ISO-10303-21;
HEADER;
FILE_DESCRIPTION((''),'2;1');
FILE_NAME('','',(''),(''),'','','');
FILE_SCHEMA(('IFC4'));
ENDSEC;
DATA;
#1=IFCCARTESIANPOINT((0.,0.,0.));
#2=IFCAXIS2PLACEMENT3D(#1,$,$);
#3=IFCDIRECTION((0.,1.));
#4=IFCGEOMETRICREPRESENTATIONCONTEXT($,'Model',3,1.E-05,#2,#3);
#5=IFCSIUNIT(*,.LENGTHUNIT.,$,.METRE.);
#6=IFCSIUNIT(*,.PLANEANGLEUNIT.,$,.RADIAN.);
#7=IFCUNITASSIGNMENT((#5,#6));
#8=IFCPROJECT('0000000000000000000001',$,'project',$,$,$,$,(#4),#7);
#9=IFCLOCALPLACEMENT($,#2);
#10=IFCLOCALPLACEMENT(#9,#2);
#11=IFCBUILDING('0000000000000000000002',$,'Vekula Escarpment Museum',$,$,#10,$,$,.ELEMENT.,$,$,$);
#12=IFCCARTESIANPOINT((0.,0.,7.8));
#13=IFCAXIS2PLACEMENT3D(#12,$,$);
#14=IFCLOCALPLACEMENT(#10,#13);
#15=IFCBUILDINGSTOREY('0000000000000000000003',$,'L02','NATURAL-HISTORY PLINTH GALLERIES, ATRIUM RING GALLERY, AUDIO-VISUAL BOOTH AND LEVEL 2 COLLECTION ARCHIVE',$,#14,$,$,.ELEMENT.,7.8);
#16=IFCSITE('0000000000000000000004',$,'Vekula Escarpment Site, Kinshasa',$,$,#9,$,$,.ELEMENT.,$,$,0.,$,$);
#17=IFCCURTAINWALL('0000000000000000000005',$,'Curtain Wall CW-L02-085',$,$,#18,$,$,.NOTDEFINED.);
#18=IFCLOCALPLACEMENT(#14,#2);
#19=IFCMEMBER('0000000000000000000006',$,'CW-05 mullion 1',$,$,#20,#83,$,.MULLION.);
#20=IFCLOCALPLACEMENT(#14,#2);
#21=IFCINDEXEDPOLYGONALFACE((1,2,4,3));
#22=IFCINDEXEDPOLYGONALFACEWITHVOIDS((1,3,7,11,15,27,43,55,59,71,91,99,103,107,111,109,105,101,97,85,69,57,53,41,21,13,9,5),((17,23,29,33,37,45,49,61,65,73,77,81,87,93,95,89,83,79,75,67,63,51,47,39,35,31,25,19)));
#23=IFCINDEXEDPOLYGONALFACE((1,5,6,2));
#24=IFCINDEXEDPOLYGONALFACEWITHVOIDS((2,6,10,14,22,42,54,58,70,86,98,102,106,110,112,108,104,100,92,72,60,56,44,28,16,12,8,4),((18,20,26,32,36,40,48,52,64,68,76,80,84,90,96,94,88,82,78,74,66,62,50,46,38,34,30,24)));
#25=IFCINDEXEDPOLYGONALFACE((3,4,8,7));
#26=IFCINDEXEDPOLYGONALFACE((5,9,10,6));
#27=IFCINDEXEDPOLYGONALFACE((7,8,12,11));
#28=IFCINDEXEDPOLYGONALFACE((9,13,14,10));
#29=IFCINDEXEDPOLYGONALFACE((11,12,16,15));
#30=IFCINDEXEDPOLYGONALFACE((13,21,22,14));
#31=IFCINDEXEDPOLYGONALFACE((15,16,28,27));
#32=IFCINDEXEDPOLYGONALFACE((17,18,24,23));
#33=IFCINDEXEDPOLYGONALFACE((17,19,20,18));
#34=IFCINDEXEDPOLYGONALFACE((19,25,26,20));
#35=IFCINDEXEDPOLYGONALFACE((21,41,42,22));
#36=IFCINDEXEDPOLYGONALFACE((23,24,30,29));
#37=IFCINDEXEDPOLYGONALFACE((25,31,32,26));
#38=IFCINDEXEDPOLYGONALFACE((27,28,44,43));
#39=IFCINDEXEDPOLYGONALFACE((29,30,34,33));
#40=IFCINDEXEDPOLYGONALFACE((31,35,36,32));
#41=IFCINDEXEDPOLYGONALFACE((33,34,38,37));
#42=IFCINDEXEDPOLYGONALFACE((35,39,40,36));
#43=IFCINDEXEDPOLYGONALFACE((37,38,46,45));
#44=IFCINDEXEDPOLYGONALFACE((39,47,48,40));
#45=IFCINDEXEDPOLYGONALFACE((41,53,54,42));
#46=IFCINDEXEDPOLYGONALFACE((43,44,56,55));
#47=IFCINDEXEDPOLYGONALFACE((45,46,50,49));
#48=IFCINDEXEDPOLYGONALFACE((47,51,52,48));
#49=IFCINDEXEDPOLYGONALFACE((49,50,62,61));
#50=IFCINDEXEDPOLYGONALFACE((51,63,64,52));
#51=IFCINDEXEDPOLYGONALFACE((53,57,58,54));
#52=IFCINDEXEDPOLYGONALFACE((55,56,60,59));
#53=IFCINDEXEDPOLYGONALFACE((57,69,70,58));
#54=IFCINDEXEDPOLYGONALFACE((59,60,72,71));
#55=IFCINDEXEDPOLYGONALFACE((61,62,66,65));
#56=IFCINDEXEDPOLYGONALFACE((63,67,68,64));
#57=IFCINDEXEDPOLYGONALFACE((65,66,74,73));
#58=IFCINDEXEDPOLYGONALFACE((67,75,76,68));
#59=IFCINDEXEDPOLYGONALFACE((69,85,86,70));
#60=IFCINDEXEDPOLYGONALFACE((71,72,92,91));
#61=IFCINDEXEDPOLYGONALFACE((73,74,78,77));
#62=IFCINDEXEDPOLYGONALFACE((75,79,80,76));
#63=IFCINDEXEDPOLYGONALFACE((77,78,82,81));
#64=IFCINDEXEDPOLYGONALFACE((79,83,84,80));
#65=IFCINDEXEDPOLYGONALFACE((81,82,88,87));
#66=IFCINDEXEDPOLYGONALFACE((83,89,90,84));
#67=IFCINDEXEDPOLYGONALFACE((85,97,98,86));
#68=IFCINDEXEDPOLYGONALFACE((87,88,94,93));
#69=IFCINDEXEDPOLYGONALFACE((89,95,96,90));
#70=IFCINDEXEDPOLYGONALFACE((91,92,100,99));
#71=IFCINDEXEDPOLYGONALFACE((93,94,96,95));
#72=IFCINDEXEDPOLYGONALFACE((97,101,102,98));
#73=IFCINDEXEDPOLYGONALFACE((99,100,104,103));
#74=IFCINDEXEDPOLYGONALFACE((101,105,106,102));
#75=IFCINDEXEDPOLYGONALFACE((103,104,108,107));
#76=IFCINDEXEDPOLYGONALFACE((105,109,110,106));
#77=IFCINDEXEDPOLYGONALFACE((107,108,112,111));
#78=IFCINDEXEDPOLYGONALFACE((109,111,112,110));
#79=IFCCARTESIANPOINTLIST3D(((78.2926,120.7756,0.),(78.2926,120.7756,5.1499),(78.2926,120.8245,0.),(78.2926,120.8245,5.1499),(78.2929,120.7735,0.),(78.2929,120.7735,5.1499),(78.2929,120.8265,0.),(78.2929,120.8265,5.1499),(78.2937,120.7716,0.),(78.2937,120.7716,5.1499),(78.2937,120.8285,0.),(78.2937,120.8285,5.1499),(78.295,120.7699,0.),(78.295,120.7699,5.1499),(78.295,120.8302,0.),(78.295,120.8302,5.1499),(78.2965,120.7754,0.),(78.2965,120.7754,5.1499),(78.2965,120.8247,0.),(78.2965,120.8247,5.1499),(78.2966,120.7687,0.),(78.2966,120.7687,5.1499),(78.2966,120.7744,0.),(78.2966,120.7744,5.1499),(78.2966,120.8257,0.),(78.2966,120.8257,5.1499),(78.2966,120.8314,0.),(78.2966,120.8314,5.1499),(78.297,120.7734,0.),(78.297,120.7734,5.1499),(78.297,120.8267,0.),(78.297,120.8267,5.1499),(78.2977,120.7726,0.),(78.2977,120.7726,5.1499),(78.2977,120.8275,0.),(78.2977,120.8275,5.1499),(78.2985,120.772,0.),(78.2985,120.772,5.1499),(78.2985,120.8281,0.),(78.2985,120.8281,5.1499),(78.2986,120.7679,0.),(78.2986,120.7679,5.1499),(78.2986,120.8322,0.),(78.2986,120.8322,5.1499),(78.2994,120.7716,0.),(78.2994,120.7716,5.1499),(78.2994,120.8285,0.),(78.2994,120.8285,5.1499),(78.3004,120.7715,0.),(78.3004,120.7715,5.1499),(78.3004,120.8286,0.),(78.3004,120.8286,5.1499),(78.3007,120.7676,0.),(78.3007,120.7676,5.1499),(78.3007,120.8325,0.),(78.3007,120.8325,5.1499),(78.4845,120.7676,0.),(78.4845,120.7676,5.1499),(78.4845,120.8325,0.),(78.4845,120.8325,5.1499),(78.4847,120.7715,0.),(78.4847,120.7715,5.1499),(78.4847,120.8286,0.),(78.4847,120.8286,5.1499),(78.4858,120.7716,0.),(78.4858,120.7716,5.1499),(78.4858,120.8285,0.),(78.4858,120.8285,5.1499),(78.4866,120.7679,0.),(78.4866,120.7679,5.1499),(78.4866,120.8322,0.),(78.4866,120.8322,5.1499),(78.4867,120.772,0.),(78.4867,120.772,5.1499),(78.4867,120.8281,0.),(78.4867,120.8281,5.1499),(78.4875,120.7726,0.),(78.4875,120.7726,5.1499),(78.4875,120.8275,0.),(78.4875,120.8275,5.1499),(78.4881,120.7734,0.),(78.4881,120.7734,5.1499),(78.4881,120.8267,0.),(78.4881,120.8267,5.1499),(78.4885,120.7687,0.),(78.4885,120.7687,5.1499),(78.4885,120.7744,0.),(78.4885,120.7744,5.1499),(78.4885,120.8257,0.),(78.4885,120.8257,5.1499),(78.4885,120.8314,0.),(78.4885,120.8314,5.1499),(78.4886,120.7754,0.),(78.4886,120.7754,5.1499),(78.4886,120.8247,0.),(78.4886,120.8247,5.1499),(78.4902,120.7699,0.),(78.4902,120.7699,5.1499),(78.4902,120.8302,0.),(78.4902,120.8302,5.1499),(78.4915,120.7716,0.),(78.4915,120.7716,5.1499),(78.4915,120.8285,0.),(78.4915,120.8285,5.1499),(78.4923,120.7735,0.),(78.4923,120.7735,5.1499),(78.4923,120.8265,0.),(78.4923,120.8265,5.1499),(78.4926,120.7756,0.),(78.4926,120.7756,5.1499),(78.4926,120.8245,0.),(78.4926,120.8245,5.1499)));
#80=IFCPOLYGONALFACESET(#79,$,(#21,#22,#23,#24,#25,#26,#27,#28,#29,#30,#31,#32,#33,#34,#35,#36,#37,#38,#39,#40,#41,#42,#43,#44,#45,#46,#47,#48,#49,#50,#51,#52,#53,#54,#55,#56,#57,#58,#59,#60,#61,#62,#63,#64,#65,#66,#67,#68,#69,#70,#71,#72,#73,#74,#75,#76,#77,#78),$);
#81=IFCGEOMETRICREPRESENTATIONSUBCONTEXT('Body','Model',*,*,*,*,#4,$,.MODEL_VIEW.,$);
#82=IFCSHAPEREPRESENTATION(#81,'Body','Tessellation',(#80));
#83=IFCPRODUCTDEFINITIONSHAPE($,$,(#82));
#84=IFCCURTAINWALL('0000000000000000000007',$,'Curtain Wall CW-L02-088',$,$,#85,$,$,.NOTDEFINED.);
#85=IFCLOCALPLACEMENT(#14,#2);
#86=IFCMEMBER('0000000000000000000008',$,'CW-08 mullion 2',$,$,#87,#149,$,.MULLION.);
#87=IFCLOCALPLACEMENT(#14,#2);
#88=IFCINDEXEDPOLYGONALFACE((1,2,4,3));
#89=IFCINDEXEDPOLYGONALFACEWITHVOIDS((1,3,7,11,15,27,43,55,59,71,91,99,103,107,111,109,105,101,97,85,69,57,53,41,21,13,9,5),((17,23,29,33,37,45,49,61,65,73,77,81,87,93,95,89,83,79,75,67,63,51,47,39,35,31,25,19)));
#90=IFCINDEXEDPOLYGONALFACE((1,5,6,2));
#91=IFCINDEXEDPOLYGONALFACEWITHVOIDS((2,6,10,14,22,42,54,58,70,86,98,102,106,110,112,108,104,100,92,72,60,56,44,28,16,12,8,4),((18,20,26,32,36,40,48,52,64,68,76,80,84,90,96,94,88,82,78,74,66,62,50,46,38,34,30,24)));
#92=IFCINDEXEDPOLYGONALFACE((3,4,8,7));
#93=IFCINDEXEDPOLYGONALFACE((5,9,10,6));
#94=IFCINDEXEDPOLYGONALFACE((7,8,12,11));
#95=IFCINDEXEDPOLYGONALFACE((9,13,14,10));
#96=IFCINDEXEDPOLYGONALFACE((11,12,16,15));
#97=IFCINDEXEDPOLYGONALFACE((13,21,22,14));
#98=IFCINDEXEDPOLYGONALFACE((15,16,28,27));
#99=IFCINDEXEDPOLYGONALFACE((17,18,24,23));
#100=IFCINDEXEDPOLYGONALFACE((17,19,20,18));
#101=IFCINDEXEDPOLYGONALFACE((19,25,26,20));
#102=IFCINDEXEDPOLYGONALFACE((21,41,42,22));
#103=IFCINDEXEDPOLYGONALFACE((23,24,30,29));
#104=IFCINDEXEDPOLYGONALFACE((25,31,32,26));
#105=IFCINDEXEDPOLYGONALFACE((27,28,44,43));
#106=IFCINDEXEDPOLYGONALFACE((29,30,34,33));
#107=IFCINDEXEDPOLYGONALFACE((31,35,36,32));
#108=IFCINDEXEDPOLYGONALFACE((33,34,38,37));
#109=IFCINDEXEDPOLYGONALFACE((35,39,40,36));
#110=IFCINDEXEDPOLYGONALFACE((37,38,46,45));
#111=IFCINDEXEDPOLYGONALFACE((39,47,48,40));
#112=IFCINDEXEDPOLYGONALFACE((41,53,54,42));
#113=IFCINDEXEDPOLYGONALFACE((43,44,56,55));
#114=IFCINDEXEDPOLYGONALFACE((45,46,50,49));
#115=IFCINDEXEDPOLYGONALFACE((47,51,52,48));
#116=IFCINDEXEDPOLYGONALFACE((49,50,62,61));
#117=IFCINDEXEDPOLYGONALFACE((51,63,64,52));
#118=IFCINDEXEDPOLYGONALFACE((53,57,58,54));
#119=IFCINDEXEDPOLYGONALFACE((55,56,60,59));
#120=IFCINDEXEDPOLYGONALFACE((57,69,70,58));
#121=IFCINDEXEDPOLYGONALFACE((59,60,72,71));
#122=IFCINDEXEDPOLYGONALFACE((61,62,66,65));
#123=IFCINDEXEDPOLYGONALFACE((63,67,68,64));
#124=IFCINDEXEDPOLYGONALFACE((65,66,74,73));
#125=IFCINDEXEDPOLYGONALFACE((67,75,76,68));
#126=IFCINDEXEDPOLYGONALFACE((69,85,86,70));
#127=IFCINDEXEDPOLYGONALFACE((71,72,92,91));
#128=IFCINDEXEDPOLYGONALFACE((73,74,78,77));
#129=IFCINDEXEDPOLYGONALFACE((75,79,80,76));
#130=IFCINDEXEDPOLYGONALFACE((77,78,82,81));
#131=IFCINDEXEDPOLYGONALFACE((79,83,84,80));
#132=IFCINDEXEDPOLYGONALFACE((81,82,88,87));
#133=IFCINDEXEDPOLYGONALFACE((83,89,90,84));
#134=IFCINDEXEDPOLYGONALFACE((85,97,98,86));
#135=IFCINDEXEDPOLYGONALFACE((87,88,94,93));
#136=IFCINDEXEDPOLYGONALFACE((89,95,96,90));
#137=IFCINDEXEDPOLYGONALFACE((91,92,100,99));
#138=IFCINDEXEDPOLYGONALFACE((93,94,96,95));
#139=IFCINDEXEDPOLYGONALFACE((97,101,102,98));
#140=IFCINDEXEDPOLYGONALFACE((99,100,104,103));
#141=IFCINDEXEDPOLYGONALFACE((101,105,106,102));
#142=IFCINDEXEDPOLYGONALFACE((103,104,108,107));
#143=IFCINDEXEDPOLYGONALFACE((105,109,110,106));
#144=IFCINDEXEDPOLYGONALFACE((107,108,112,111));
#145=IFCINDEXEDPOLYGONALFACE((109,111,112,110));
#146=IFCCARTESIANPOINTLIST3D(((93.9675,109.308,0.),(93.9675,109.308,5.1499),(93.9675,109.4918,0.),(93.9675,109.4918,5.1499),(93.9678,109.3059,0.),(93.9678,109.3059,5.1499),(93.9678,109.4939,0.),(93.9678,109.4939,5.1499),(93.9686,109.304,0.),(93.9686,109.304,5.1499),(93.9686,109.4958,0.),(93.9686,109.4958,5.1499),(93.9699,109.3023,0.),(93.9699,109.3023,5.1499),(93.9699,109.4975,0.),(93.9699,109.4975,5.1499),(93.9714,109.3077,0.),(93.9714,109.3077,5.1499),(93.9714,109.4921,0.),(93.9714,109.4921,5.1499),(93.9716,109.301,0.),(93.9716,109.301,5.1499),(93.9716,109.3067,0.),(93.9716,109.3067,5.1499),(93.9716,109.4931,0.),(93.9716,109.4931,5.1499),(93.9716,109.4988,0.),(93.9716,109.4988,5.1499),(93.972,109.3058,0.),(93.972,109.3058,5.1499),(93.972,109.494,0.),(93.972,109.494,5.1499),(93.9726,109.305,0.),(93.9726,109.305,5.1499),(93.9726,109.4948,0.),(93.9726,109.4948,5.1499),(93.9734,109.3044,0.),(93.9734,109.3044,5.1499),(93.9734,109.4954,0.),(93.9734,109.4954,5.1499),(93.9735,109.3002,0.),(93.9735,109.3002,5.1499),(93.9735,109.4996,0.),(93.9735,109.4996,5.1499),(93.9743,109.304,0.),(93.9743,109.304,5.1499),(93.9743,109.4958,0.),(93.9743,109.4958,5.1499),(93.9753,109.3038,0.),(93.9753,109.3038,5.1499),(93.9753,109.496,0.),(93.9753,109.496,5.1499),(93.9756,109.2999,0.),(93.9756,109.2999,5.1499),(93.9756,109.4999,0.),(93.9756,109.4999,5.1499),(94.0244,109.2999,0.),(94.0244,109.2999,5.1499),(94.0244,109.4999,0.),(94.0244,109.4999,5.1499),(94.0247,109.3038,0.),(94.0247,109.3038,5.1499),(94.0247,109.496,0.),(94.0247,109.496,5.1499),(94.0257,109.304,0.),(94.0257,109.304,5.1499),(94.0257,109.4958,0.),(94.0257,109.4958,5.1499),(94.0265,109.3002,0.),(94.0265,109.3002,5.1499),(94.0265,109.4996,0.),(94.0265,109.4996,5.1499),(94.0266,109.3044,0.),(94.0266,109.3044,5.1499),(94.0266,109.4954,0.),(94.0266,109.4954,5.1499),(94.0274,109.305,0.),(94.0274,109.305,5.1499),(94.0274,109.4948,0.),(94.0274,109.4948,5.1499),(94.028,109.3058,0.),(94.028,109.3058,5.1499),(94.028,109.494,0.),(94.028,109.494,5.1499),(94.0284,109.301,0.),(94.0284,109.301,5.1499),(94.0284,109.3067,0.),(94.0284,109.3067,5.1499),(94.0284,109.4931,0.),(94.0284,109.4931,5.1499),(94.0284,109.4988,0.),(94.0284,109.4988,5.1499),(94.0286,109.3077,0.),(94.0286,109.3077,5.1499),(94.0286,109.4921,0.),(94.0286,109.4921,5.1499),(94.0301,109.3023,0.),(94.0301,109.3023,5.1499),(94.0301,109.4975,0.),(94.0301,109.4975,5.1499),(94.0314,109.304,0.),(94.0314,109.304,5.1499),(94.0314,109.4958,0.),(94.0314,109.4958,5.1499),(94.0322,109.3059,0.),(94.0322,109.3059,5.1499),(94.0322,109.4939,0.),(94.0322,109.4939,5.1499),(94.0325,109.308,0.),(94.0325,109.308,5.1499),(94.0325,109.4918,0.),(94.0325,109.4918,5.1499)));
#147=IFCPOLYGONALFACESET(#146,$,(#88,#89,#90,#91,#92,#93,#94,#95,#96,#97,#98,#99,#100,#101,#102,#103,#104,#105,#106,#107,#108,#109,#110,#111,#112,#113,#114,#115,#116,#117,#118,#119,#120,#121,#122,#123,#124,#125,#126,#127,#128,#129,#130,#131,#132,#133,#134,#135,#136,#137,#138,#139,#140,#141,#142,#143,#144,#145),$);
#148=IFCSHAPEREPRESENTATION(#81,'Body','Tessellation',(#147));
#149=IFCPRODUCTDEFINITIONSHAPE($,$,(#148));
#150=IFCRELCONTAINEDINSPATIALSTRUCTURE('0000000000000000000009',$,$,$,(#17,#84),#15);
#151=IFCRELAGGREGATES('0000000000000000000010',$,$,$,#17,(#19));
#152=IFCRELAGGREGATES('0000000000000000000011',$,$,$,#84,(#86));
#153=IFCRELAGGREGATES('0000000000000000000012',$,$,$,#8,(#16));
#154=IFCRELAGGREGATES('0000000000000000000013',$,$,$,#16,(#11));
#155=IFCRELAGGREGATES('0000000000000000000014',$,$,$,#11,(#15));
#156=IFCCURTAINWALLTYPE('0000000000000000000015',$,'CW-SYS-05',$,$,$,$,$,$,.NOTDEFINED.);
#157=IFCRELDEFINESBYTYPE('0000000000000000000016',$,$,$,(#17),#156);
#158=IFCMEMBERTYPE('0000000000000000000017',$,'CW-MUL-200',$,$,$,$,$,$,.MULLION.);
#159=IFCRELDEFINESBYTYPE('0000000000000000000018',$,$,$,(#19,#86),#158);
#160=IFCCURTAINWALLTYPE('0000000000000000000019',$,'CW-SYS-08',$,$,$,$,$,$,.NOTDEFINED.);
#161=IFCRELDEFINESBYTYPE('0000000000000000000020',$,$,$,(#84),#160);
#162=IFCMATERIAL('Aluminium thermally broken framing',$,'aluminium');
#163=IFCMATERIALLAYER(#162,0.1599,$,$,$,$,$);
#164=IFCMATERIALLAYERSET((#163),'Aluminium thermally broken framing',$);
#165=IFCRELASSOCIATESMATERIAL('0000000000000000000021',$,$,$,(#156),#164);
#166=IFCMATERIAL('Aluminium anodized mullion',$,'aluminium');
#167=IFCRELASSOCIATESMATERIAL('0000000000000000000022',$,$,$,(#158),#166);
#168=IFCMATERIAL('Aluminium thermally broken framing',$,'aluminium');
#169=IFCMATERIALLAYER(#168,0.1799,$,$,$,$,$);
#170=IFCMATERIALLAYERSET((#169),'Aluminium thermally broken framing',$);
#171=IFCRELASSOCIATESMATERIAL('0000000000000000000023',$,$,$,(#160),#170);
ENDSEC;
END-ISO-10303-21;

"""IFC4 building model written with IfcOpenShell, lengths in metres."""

from ifc_helpers import new_model, si_unit, direction, frame, origin, origin_2d, place, context, subcontext, project, spatial, hollow_rectangle, extrude, material, layer, layer_set, material_profile, profile_set, type_object, element, aggregate, save


model = new_model("IFC4")

# Units and contexts
model_context = context("Model", 3, precision=1e-05, world=origin(), true_north=direction((0.0, 1.0)))
body_context = subcontext(model_context, "Body", "Model", "MODEL_VIEW")
ifc_project = project(units=[si_unit("LENGTHUNIT", "METRE"), si_unit("PLANEANGLEUNIT", "RADIAN")], contexts=[model_context])

# Site, building, storey
site_placement = place(None, origin())
site = spatial("IfcSite", under=ifc_project, at=site_placement, Name="Vekula Escarpment Site, Kinshasa", CompositionType="ELEMENT", RefElevation=0.0)
building_placement = place(site_placement, origin())
building = spatial("IfcBuilding", under=site, at=building_placement, Name="Vekula Escarpment Museum", CompositionType="ELEMENT")
storey_placement = place(building_placement, frame((0.0, 0.0, 7.8)))
storey = spatial("IfcBuildingStorey", under=building, at=storey_placement, Name="L02", Description="NATURAL-HISTORY PLINTH GALLERIES, ATRIUM RING GALLERY, AUDIO-VISUAL BOOTH AND LEVEL 2 COLLECTION ARCHIVE", CompositionType="ELEMENT", Elevation=7.8)

# Curtain walls, members
ifc_material_1 = material(Name="Aluminium thermally broken framing", Category="aluminium")
ifc_layer_1 = layer(ifc_material_1, 0.1599)
ifc_layer_set_1 = layer_set([ifc_layer_1], Name="Aluminium thermally broken framing")
curtain_wall_type_1 = type_object("IfcCurtainWallType", Name="CW-SYS-05", PredefinedType="NOTDEFINED", material=ifc_layer_set_1)
curtain_wall_1_placement = place(storey_placement, origin())
curtain_wall_1 = element("IfcCurtainWall", 1, at=curtain_wall_1_placement, inside=storey, type_object=curtain_wall_type_1, Name="Curtain Wall CW-L02-085", PredefinedType="NOTDEFINED")
ifc_material_2 = material(Name="Aluminium anodized mullion", Category="aluminium")
ifc_material_profile_1 = material_profile(ifc_material_2, hollow_rectangle(XDim=0.0649, YDim=0.2, WallThickness=0.0039, InnerFilletRadius=0.0039, OuterFilletRadius=0.0081, at=origin_2d()), Name="ALU 200x65x4")
ifc_profile_set_1 = profile_set([ifc_material_profile_1], Name="Aluminium anodized mullion")
member_type_1 = type_object("IfcMemberType", Name="CW-MUL-200", PredefinedType="MULLION", material=ifc_profile_set_1)
member_1_placement = place(storey_placement, frame((78.3926, 120.8, 0.0), z_axis=(0.0, 0.0, 1.0), x_axis=(0.0, 1.0, 0.0)))
member_1 = element("IfcMember", 2, at=member_1_placement, type_object=member_type_1, Name="CW-05 mullion 1", PredefinedType="MULLION", context=body_context, shape_type="SweptSolid", body=[
    extrude(hollow_rectangle(XDim=0.0649, YDim=0.2, WallThickness=0.0039, InnerFilletRadius=0.0039, OuterFilletRadius=0.0081, at=origin_2d()), origin(), (0.0, 0.0, 1.0), 5.1499),
])
ifc_material_3 = material(Name="Aluminium thermally broken framing", Category="aluminium")
ifc_layer_2 = layer(ifc_material_3, 0.1799)
ifc_layer_set_2 = layer_set([ifc_layer_2], Name="Aluminium thermally broken framing")
curtain_wall_type_2 = type_object("IfcCurtainWallType", Name="CW-SYS-08", PredefinedType="NOTDEFINED", material=ifc_layer_set_2)
curtain_wall_2_placement = place(storey_placement, origin())
curtain_wall_2 = element("IfcCurtainWall", 3, at=curtain_wall_2_placement, inside=storey, type_object=curtain_wall_type_2, Name="Curtain Wall CW-L02-088", PredefinedType="NOTDEFINED")
member_2_placement = place(storey_placement, frame((94.0, 109.3999, 0.0), z_axis=(0.0, 0.0, 1.0), x_axis=(1.0, 0.0, 0.0)))
member_2 = element("IfcMember", 4, at=member_2_placement, type_object=member_type_1, Name="CW-08 mullion 2", PredefinedType="MULLION", context=body_context, shape_type="SweptSolid", body=[
    extrude(hollow_rectangle(XDim=0.0649, YDim=0.2, WallThickness=0.0039, InnerFilletRadius=0.0039, OuterFilletRadius=0.0081, at=origin_2d()), origin(), (0.0, 0.0, 1.0), 5.1499),
])

aggregate(curtain_wall_1, [member_1])

aggregate(curtain_wall_2, [member_2])

save(model, "model.ifc")
